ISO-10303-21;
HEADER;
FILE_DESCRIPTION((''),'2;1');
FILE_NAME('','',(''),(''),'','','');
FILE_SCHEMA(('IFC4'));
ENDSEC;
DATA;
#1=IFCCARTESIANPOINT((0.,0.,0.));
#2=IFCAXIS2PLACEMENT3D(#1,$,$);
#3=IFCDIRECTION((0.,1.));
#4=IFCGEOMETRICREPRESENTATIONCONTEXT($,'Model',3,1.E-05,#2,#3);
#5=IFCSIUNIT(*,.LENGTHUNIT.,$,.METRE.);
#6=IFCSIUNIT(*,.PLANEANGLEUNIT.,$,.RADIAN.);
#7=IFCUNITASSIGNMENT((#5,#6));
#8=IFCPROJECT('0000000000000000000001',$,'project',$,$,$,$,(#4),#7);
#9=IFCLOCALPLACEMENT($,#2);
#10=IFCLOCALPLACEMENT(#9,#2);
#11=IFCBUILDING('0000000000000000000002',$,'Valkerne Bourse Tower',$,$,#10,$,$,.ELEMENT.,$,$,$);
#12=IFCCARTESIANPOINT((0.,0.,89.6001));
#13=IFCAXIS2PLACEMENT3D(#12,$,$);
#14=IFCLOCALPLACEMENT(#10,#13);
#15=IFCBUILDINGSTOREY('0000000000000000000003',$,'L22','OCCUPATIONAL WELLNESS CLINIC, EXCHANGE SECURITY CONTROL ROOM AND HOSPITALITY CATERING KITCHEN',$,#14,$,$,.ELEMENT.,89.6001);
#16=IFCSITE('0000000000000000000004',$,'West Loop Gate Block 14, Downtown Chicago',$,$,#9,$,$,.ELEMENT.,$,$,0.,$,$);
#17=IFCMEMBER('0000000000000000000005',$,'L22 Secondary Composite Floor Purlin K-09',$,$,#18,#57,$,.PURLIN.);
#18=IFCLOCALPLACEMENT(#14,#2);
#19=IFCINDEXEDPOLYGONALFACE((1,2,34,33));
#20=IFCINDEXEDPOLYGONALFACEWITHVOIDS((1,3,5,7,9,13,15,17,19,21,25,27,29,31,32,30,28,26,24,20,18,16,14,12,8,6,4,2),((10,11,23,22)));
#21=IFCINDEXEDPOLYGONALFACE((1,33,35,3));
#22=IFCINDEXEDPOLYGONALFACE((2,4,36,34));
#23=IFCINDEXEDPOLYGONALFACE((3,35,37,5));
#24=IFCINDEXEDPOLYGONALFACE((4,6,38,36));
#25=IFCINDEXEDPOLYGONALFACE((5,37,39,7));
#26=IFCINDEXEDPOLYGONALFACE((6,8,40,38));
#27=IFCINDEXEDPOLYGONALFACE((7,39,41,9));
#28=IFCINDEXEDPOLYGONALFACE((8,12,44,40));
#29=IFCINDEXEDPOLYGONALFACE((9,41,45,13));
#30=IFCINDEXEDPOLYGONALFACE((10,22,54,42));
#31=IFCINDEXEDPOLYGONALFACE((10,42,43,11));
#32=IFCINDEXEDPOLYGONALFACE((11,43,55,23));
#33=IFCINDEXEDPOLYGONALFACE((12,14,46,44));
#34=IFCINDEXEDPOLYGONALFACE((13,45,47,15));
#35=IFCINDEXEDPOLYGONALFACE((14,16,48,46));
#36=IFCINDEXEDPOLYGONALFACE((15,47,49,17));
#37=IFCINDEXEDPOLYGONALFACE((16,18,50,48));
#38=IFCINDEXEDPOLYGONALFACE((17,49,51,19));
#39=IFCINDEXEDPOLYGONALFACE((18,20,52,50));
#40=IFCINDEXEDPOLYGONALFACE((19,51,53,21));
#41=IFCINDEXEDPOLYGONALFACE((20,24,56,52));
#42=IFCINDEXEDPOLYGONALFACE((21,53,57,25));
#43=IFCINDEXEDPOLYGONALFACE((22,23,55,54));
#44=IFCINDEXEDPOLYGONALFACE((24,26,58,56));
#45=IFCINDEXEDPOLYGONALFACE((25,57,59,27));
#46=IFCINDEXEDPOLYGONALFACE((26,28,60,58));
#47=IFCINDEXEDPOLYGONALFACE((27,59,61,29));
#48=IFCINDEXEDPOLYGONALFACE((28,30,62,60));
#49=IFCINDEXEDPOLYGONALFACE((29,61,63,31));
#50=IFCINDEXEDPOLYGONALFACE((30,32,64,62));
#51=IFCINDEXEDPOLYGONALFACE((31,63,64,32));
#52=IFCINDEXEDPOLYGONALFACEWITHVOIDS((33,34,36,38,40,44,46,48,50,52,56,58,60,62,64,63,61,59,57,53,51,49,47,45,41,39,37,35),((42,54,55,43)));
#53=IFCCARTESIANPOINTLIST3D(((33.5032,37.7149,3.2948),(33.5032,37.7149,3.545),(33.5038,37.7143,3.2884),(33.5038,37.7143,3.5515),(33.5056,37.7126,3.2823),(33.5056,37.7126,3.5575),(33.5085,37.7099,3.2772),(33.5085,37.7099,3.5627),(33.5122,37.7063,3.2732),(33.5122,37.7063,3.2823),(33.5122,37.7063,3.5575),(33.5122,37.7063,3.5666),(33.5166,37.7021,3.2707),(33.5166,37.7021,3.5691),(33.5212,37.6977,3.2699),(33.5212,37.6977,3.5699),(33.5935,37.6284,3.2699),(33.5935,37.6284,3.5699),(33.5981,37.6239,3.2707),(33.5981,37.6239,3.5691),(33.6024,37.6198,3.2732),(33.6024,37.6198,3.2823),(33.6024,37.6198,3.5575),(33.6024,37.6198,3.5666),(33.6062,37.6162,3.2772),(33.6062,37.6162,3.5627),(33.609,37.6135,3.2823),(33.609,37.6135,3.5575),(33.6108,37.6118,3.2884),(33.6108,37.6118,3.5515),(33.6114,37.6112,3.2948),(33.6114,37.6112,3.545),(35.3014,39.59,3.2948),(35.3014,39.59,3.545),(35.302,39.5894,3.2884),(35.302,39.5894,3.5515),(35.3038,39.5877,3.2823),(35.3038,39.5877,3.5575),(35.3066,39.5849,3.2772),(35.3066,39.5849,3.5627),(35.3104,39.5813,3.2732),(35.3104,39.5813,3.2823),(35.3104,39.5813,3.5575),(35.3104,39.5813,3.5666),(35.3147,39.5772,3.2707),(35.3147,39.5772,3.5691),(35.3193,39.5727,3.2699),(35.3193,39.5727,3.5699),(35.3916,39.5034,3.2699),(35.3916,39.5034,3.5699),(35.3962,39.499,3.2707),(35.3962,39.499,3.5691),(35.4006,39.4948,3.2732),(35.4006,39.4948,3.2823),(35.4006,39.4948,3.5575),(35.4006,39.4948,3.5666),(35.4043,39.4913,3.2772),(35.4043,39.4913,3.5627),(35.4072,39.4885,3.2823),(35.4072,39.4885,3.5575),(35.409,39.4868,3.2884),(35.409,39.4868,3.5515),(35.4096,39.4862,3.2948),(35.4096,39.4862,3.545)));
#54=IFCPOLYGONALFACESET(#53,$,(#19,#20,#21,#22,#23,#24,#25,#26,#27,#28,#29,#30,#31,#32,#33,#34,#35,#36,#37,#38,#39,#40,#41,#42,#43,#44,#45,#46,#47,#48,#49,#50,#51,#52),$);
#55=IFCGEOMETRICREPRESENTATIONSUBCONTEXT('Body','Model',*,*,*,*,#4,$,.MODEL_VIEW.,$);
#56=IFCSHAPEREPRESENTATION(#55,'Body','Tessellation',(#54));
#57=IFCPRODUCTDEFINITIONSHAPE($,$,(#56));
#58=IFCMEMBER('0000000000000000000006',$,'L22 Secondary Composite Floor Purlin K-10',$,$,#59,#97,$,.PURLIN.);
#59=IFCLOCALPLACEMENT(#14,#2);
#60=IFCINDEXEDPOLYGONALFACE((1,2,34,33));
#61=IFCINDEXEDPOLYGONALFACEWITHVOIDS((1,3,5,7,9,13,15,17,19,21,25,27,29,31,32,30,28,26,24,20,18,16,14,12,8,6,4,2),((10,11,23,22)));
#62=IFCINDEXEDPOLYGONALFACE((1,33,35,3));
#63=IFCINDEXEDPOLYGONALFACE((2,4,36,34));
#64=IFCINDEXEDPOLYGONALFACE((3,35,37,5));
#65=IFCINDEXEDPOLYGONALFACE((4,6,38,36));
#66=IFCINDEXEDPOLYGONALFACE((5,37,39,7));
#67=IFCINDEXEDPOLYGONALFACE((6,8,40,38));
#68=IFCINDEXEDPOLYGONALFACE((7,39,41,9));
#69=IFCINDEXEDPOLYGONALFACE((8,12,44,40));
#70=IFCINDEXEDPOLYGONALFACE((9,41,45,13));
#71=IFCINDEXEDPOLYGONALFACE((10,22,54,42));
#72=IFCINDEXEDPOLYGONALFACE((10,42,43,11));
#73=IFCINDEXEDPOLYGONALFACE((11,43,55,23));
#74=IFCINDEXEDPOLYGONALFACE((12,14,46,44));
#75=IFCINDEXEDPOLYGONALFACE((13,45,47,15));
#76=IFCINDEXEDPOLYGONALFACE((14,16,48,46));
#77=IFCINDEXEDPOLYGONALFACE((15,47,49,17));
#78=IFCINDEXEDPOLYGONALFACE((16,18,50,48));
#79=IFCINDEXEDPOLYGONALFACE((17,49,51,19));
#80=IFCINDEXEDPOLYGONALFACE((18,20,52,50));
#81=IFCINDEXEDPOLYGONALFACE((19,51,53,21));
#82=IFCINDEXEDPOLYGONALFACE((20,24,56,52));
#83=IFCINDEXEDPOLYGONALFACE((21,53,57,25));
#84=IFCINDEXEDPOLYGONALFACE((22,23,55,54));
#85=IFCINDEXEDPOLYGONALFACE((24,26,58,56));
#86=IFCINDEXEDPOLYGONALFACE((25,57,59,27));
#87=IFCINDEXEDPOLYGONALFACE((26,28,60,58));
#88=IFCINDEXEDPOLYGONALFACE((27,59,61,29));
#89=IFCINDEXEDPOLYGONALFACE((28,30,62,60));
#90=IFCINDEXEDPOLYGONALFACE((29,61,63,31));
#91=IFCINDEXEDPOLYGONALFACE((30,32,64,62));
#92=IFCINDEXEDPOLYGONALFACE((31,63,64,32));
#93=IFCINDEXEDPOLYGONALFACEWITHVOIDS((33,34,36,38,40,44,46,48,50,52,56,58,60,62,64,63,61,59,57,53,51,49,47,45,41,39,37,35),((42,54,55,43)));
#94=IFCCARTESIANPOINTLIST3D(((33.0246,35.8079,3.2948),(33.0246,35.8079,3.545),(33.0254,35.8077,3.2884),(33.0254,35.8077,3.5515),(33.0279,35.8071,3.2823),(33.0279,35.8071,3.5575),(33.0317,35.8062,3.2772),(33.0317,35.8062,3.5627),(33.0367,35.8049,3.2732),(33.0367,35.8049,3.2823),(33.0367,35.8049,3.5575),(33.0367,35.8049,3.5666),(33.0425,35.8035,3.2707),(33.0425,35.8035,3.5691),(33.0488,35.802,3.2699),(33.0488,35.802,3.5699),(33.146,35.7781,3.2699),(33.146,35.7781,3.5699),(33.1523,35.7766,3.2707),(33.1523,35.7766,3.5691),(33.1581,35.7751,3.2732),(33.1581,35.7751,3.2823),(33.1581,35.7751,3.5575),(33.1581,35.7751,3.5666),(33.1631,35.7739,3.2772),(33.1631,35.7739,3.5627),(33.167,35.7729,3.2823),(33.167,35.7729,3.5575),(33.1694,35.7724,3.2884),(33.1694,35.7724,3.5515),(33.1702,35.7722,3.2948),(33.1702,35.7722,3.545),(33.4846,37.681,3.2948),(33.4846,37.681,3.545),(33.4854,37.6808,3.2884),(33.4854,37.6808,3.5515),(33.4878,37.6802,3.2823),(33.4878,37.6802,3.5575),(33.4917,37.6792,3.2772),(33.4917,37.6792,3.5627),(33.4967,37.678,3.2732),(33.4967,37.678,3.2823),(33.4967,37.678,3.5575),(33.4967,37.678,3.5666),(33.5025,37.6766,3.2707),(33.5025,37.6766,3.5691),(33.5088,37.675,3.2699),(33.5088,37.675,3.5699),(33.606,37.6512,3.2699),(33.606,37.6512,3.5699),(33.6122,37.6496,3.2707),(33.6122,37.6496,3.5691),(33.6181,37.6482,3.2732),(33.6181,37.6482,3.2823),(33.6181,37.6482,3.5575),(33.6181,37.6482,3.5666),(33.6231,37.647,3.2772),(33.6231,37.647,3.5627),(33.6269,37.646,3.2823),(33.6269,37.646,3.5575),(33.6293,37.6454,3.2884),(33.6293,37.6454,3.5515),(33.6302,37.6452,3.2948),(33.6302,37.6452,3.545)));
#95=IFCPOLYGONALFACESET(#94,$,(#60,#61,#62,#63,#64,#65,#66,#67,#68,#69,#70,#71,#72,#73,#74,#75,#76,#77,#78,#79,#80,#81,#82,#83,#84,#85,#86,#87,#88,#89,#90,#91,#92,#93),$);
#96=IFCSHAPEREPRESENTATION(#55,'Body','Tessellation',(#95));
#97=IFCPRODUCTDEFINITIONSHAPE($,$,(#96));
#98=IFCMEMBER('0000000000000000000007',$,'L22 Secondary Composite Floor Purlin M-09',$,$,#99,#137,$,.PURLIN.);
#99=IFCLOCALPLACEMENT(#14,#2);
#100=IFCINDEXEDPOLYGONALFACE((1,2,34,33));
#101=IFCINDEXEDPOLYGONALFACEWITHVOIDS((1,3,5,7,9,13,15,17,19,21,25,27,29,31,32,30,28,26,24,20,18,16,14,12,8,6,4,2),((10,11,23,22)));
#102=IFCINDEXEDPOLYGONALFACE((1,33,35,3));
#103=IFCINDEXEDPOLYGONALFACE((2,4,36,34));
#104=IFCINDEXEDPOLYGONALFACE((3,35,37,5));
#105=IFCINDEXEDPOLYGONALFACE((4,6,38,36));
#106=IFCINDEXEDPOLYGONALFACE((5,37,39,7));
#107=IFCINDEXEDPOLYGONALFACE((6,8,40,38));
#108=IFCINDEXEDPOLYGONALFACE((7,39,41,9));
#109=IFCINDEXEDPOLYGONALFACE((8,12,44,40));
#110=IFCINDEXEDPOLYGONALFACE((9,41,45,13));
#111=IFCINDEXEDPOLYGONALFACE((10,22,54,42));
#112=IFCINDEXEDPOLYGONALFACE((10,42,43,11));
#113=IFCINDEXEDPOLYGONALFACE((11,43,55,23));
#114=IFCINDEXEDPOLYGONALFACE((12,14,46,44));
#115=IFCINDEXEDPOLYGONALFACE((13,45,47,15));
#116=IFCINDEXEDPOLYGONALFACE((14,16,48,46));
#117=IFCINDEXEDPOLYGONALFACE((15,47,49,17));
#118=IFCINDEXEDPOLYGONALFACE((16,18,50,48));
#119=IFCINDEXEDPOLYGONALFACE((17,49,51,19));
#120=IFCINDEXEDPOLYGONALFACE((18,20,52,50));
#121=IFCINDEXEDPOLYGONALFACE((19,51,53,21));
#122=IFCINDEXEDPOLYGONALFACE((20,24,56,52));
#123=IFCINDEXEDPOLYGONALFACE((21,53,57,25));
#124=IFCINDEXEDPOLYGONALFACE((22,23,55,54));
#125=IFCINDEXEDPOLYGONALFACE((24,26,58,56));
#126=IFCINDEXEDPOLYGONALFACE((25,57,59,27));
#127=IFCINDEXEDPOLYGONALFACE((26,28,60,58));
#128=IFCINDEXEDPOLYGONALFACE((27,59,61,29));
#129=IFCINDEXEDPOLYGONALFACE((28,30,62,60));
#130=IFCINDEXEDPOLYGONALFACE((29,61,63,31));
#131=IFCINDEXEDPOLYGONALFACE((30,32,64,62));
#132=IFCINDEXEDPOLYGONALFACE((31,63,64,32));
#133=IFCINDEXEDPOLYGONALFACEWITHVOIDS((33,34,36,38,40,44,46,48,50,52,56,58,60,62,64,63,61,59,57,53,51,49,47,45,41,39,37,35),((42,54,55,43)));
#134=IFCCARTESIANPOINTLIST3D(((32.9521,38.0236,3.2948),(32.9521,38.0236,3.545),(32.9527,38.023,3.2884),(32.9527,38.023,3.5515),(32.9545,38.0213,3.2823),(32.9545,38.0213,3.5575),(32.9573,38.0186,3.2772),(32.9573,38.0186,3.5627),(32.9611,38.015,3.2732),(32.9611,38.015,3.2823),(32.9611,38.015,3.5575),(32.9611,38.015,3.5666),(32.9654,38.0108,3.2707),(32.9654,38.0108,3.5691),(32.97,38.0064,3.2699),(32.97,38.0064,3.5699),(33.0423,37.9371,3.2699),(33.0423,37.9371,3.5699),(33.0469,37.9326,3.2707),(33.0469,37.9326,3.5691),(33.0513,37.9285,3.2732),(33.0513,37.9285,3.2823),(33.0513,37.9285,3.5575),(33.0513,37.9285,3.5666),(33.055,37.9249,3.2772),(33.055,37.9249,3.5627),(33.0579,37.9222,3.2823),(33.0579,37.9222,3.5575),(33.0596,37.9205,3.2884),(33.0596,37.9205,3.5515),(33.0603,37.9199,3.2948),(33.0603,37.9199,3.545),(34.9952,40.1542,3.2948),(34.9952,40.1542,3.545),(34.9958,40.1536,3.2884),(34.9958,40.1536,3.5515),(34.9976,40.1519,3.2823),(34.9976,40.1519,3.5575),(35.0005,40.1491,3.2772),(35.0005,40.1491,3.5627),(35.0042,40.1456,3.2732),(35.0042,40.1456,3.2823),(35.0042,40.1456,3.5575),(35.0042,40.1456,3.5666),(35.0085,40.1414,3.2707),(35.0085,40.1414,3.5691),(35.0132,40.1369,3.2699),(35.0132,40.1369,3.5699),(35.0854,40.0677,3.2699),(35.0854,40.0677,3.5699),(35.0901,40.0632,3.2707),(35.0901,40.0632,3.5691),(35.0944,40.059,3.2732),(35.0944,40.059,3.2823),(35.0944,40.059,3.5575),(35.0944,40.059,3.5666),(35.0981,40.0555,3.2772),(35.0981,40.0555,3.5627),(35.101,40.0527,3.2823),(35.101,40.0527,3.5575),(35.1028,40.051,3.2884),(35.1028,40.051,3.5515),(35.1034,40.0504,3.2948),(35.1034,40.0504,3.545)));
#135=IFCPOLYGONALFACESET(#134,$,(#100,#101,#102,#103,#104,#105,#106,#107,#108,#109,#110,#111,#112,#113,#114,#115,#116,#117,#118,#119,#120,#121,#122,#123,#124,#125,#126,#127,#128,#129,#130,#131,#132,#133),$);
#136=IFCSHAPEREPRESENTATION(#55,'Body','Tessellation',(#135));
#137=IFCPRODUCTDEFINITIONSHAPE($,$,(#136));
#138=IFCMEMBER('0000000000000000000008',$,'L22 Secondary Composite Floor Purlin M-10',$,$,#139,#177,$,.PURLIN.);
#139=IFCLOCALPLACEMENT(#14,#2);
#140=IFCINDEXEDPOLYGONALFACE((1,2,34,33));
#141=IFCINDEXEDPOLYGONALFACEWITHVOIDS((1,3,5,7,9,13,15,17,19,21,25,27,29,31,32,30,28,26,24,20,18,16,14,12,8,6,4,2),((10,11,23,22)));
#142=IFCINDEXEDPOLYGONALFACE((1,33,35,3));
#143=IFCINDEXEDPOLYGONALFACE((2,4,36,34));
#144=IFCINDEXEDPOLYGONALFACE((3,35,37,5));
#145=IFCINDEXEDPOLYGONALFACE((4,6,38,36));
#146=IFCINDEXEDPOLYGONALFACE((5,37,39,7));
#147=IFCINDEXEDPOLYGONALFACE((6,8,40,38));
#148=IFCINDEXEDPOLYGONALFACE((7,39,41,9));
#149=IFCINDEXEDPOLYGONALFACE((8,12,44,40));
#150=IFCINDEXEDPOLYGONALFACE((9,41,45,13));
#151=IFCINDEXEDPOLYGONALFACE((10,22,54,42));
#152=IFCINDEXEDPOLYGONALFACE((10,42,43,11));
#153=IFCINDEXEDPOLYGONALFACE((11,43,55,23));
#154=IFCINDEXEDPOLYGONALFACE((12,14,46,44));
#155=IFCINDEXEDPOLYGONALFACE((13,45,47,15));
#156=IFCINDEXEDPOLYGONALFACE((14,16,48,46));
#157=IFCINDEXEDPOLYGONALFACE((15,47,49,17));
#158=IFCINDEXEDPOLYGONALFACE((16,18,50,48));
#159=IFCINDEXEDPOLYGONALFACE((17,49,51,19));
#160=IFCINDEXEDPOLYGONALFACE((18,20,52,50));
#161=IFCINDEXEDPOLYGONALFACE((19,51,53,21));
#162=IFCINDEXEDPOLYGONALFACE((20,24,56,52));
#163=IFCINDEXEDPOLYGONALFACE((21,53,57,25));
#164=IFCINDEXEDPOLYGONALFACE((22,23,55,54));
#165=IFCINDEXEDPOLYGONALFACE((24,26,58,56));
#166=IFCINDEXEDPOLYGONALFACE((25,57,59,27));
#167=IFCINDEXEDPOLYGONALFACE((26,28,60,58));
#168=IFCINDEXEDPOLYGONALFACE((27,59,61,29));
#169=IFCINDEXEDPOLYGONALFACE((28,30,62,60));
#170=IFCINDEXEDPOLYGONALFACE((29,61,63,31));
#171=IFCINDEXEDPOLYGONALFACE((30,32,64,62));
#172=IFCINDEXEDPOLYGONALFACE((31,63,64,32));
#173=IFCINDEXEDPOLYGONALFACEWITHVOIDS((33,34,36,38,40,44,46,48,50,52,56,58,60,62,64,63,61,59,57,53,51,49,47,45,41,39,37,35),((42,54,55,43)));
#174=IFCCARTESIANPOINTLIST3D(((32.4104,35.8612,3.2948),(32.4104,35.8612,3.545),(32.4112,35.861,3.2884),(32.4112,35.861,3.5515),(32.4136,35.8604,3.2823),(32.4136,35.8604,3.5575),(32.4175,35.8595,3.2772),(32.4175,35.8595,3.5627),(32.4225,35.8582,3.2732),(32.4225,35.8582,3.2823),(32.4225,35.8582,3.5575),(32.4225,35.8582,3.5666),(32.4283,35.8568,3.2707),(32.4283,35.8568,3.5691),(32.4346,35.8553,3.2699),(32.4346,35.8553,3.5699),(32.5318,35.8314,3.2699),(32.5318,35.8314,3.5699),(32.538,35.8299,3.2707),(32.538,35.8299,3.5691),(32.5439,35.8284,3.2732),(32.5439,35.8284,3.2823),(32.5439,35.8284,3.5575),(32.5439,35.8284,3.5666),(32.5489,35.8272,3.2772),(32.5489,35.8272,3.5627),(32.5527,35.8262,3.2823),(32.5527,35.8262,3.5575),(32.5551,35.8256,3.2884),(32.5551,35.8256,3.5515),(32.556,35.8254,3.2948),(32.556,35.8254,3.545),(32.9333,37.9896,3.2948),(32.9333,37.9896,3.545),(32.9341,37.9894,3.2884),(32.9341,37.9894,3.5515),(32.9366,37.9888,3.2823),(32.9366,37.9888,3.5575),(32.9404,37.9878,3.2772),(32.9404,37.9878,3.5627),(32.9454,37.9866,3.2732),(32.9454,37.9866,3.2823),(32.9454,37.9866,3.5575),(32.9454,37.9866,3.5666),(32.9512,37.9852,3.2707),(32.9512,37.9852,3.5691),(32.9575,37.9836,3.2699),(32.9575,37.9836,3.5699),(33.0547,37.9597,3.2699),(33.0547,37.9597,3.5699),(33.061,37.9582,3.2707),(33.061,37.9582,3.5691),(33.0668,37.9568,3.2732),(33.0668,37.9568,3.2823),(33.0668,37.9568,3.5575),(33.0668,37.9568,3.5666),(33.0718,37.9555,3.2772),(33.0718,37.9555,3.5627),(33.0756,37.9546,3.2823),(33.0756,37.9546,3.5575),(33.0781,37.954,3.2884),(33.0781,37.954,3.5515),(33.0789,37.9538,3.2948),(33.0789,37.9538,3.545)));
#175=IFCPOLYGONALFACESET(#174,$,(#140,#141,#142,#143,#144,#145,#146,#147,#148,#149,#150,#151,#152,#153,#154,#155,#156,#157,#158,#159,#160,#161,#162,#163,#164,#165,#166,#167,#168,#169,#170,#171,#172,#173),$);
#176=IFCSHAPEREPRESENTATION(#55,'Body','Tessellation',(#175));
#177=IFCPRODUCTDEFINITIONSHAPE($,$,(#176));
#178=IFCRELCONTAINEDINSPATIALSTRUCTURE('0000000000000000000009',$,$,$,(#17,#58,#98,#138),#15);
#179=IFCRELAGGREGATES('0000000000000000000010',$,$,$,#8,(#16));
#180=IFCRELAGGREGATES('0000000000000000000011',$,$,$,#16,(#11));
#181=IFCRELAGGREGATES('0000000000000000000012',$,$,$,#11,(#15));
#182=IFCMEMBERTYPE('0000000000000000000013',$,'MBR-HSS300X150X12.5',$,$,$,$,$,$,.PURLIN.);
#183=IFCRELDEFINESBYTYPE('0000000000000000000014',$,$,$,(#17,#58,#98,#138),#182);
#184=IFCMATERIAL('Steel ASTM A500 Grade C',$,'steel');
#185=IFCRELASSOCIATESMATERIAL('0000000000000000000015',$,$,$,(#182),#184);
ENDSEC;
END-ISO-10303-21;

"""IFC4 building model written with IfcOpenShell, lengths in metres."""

from ifc_helpers import new_model, si_unit, direction, frame, origin, origin_2d, place, context, subcontext, project, spatial, hollow_rectangle, extrude, material, material_profile, profile_set, type_object, element, save


model = new_model("IFC4")

# Units and contexts
model_context = context("Model", 3, precision=1e-05, world=origin(), true_north=direction((0.0, 1.0)))
body_context = subcontext(model_context, "Body", "Model", "MODEL_VIEW")
ifc_project = project(units=[si_unit("LENGTHUNIT", "METRE"), si_unit("PLANEANGLEUNIT", "RADIAN")], contexts=[model_context])

# Site, building, storey
site_placement = place(None, origin())
site = spatial("IfcSite", under=ifc_project, at=site_placement, Name="West Loop Gate Block 14, Downtown Chicago", CompositionType="ELEMENT", RefElevation=0.0)
building_placement = place(site_placement, origin())
building = spatial("IfcBuilding", under=site, at=building_placement, Name="Valkerne Bourse Tower", CompositionType="ELEMENT")
storey_placement = place(building_placement, frame((0.0, 0.0, 89.6001)))
storey = spatial("IfcBuildingStorey", under=building, at=storey_placement, Name="L22", Description="OCCUPATIONAL WELLNESS CLINIC, EXCHANGE SECURITY CONTROL ROOM AND HOSPITALITY CATERING KITCHEN", CompositionType="ELEMENT", Elevation=89.6001)

# Members
ifc_material_1 = material(Name="Steel ASTM A500 Grade C", Category="steel")
ifc_material_profile_1 = material_profile(ifc_material_1, hollow_rectangle(XDim=0.1499, YDim=0.3, WallThickness=0.0125, OuterFilletRadius=0.0249, at=origin_2d()), Name="HSS300X150X12.5")
ifc_profile_set_1 = profile_set([ifc_material_profile_1], Name="Steel ASTM A500 Grade C")
member_type_1 = type_object("IfcMemberType", Name="MBR-HSS300X150X12.5", PredefinedType="PURLIN", material=ifc_profile_set_1)
member_1_placement = place(storey_placement, frame((35.3555, 39.5381, 3.4199), z_axis=(-0.69215, -0.721753, 0.0), x_axis=(0.721753, -0.69215, 0.0)))
element("IfcMember", 1, at=member_1_placement, inside=storey, type_object=member_type_1, Name="L22 Secondary Composite Floor Purlin K-09", PredefinedType="PURLIN", context=body_context, shape_type="SweptSolid", body=[
    extrude(hollow_rectangle(XDim=0.1499, YDim=0.3, WallThickness=0.0125, OuterFilletRadius=0.0249, at=origin_2d()), origin(), (0.0, 0.0, 1.0), 2.5979),
])
member_2_placement = place(storey_placement, frame((33.5574, 37.6631, 3.4199), z_axis=(-0.238483, -0.971147, 0.0), x_axis=(0.971147, -0.238483, 0.0)))
element("IfcMember", 2, at=member_2_placement, inside=storey, type_object=member_type_1, Name="L22 Secondary Composite Floor Purlin K-10", PredefinedType="PURLIN", context=body_context, shape_type="SweptSolid", body=[
    extrude(hollow_rectangle(XDim=0.1499, YDim=0.3, WallThickness=0.0125, OuterFilletRadius=0.0249, at=origin_2d()), origin(), (0.0, 0.0, 1.0), 1.9287),
])
member_3_placement = place(storey_placement, frame((35.0493, 40.1023, 3.4199), z_axis=(-0.692148, -0.721756, 0.0), x_axis=(0.721756, -0.692148, 0.0)))
element("IfcMember", 3, at=member_3_placement, inside=storey, type_object=member_type_1, Name="L22 Secondary Composite Floor Purlin M-09", PredefinedType="PURLIN", context=body_context, shape_type="SweptSolid", body=[
    extrude(hollow_rectangle(XDim=0.1499, YDim=0.3, WallThickness=0.0125, OuterFilletRadius=0.0249, at=origin_2d()), origin(), (0.0, 0.0, 1.0), 2.9519),
])
member_4_placement = place(storey_placement, frame((33.0061, 37.9717, 3.4199), z_axis=(-0.238602, -0.971117, 0.0), x_axis=(0.971117, -0.238602, 0.0)))
element("IfcMember", 4, at=member_4_placement, inside=storey, type_object=member_type_1, Name="L22 Secondary Composite Floor Purlin M-10", PredefinedType="PURLIN", context=body_context, shape_type="SweptSolid", body=[
    extrude(hollow_rectangle(XDim=0.1499, YDim=0.3, WallThickness=0.0125, OuterFilletRadius=0.0249, at=origin_2d()), origin(), (0.0, 0.0, 1.0), 2.1917),
])

save(model, "model.ifc")
